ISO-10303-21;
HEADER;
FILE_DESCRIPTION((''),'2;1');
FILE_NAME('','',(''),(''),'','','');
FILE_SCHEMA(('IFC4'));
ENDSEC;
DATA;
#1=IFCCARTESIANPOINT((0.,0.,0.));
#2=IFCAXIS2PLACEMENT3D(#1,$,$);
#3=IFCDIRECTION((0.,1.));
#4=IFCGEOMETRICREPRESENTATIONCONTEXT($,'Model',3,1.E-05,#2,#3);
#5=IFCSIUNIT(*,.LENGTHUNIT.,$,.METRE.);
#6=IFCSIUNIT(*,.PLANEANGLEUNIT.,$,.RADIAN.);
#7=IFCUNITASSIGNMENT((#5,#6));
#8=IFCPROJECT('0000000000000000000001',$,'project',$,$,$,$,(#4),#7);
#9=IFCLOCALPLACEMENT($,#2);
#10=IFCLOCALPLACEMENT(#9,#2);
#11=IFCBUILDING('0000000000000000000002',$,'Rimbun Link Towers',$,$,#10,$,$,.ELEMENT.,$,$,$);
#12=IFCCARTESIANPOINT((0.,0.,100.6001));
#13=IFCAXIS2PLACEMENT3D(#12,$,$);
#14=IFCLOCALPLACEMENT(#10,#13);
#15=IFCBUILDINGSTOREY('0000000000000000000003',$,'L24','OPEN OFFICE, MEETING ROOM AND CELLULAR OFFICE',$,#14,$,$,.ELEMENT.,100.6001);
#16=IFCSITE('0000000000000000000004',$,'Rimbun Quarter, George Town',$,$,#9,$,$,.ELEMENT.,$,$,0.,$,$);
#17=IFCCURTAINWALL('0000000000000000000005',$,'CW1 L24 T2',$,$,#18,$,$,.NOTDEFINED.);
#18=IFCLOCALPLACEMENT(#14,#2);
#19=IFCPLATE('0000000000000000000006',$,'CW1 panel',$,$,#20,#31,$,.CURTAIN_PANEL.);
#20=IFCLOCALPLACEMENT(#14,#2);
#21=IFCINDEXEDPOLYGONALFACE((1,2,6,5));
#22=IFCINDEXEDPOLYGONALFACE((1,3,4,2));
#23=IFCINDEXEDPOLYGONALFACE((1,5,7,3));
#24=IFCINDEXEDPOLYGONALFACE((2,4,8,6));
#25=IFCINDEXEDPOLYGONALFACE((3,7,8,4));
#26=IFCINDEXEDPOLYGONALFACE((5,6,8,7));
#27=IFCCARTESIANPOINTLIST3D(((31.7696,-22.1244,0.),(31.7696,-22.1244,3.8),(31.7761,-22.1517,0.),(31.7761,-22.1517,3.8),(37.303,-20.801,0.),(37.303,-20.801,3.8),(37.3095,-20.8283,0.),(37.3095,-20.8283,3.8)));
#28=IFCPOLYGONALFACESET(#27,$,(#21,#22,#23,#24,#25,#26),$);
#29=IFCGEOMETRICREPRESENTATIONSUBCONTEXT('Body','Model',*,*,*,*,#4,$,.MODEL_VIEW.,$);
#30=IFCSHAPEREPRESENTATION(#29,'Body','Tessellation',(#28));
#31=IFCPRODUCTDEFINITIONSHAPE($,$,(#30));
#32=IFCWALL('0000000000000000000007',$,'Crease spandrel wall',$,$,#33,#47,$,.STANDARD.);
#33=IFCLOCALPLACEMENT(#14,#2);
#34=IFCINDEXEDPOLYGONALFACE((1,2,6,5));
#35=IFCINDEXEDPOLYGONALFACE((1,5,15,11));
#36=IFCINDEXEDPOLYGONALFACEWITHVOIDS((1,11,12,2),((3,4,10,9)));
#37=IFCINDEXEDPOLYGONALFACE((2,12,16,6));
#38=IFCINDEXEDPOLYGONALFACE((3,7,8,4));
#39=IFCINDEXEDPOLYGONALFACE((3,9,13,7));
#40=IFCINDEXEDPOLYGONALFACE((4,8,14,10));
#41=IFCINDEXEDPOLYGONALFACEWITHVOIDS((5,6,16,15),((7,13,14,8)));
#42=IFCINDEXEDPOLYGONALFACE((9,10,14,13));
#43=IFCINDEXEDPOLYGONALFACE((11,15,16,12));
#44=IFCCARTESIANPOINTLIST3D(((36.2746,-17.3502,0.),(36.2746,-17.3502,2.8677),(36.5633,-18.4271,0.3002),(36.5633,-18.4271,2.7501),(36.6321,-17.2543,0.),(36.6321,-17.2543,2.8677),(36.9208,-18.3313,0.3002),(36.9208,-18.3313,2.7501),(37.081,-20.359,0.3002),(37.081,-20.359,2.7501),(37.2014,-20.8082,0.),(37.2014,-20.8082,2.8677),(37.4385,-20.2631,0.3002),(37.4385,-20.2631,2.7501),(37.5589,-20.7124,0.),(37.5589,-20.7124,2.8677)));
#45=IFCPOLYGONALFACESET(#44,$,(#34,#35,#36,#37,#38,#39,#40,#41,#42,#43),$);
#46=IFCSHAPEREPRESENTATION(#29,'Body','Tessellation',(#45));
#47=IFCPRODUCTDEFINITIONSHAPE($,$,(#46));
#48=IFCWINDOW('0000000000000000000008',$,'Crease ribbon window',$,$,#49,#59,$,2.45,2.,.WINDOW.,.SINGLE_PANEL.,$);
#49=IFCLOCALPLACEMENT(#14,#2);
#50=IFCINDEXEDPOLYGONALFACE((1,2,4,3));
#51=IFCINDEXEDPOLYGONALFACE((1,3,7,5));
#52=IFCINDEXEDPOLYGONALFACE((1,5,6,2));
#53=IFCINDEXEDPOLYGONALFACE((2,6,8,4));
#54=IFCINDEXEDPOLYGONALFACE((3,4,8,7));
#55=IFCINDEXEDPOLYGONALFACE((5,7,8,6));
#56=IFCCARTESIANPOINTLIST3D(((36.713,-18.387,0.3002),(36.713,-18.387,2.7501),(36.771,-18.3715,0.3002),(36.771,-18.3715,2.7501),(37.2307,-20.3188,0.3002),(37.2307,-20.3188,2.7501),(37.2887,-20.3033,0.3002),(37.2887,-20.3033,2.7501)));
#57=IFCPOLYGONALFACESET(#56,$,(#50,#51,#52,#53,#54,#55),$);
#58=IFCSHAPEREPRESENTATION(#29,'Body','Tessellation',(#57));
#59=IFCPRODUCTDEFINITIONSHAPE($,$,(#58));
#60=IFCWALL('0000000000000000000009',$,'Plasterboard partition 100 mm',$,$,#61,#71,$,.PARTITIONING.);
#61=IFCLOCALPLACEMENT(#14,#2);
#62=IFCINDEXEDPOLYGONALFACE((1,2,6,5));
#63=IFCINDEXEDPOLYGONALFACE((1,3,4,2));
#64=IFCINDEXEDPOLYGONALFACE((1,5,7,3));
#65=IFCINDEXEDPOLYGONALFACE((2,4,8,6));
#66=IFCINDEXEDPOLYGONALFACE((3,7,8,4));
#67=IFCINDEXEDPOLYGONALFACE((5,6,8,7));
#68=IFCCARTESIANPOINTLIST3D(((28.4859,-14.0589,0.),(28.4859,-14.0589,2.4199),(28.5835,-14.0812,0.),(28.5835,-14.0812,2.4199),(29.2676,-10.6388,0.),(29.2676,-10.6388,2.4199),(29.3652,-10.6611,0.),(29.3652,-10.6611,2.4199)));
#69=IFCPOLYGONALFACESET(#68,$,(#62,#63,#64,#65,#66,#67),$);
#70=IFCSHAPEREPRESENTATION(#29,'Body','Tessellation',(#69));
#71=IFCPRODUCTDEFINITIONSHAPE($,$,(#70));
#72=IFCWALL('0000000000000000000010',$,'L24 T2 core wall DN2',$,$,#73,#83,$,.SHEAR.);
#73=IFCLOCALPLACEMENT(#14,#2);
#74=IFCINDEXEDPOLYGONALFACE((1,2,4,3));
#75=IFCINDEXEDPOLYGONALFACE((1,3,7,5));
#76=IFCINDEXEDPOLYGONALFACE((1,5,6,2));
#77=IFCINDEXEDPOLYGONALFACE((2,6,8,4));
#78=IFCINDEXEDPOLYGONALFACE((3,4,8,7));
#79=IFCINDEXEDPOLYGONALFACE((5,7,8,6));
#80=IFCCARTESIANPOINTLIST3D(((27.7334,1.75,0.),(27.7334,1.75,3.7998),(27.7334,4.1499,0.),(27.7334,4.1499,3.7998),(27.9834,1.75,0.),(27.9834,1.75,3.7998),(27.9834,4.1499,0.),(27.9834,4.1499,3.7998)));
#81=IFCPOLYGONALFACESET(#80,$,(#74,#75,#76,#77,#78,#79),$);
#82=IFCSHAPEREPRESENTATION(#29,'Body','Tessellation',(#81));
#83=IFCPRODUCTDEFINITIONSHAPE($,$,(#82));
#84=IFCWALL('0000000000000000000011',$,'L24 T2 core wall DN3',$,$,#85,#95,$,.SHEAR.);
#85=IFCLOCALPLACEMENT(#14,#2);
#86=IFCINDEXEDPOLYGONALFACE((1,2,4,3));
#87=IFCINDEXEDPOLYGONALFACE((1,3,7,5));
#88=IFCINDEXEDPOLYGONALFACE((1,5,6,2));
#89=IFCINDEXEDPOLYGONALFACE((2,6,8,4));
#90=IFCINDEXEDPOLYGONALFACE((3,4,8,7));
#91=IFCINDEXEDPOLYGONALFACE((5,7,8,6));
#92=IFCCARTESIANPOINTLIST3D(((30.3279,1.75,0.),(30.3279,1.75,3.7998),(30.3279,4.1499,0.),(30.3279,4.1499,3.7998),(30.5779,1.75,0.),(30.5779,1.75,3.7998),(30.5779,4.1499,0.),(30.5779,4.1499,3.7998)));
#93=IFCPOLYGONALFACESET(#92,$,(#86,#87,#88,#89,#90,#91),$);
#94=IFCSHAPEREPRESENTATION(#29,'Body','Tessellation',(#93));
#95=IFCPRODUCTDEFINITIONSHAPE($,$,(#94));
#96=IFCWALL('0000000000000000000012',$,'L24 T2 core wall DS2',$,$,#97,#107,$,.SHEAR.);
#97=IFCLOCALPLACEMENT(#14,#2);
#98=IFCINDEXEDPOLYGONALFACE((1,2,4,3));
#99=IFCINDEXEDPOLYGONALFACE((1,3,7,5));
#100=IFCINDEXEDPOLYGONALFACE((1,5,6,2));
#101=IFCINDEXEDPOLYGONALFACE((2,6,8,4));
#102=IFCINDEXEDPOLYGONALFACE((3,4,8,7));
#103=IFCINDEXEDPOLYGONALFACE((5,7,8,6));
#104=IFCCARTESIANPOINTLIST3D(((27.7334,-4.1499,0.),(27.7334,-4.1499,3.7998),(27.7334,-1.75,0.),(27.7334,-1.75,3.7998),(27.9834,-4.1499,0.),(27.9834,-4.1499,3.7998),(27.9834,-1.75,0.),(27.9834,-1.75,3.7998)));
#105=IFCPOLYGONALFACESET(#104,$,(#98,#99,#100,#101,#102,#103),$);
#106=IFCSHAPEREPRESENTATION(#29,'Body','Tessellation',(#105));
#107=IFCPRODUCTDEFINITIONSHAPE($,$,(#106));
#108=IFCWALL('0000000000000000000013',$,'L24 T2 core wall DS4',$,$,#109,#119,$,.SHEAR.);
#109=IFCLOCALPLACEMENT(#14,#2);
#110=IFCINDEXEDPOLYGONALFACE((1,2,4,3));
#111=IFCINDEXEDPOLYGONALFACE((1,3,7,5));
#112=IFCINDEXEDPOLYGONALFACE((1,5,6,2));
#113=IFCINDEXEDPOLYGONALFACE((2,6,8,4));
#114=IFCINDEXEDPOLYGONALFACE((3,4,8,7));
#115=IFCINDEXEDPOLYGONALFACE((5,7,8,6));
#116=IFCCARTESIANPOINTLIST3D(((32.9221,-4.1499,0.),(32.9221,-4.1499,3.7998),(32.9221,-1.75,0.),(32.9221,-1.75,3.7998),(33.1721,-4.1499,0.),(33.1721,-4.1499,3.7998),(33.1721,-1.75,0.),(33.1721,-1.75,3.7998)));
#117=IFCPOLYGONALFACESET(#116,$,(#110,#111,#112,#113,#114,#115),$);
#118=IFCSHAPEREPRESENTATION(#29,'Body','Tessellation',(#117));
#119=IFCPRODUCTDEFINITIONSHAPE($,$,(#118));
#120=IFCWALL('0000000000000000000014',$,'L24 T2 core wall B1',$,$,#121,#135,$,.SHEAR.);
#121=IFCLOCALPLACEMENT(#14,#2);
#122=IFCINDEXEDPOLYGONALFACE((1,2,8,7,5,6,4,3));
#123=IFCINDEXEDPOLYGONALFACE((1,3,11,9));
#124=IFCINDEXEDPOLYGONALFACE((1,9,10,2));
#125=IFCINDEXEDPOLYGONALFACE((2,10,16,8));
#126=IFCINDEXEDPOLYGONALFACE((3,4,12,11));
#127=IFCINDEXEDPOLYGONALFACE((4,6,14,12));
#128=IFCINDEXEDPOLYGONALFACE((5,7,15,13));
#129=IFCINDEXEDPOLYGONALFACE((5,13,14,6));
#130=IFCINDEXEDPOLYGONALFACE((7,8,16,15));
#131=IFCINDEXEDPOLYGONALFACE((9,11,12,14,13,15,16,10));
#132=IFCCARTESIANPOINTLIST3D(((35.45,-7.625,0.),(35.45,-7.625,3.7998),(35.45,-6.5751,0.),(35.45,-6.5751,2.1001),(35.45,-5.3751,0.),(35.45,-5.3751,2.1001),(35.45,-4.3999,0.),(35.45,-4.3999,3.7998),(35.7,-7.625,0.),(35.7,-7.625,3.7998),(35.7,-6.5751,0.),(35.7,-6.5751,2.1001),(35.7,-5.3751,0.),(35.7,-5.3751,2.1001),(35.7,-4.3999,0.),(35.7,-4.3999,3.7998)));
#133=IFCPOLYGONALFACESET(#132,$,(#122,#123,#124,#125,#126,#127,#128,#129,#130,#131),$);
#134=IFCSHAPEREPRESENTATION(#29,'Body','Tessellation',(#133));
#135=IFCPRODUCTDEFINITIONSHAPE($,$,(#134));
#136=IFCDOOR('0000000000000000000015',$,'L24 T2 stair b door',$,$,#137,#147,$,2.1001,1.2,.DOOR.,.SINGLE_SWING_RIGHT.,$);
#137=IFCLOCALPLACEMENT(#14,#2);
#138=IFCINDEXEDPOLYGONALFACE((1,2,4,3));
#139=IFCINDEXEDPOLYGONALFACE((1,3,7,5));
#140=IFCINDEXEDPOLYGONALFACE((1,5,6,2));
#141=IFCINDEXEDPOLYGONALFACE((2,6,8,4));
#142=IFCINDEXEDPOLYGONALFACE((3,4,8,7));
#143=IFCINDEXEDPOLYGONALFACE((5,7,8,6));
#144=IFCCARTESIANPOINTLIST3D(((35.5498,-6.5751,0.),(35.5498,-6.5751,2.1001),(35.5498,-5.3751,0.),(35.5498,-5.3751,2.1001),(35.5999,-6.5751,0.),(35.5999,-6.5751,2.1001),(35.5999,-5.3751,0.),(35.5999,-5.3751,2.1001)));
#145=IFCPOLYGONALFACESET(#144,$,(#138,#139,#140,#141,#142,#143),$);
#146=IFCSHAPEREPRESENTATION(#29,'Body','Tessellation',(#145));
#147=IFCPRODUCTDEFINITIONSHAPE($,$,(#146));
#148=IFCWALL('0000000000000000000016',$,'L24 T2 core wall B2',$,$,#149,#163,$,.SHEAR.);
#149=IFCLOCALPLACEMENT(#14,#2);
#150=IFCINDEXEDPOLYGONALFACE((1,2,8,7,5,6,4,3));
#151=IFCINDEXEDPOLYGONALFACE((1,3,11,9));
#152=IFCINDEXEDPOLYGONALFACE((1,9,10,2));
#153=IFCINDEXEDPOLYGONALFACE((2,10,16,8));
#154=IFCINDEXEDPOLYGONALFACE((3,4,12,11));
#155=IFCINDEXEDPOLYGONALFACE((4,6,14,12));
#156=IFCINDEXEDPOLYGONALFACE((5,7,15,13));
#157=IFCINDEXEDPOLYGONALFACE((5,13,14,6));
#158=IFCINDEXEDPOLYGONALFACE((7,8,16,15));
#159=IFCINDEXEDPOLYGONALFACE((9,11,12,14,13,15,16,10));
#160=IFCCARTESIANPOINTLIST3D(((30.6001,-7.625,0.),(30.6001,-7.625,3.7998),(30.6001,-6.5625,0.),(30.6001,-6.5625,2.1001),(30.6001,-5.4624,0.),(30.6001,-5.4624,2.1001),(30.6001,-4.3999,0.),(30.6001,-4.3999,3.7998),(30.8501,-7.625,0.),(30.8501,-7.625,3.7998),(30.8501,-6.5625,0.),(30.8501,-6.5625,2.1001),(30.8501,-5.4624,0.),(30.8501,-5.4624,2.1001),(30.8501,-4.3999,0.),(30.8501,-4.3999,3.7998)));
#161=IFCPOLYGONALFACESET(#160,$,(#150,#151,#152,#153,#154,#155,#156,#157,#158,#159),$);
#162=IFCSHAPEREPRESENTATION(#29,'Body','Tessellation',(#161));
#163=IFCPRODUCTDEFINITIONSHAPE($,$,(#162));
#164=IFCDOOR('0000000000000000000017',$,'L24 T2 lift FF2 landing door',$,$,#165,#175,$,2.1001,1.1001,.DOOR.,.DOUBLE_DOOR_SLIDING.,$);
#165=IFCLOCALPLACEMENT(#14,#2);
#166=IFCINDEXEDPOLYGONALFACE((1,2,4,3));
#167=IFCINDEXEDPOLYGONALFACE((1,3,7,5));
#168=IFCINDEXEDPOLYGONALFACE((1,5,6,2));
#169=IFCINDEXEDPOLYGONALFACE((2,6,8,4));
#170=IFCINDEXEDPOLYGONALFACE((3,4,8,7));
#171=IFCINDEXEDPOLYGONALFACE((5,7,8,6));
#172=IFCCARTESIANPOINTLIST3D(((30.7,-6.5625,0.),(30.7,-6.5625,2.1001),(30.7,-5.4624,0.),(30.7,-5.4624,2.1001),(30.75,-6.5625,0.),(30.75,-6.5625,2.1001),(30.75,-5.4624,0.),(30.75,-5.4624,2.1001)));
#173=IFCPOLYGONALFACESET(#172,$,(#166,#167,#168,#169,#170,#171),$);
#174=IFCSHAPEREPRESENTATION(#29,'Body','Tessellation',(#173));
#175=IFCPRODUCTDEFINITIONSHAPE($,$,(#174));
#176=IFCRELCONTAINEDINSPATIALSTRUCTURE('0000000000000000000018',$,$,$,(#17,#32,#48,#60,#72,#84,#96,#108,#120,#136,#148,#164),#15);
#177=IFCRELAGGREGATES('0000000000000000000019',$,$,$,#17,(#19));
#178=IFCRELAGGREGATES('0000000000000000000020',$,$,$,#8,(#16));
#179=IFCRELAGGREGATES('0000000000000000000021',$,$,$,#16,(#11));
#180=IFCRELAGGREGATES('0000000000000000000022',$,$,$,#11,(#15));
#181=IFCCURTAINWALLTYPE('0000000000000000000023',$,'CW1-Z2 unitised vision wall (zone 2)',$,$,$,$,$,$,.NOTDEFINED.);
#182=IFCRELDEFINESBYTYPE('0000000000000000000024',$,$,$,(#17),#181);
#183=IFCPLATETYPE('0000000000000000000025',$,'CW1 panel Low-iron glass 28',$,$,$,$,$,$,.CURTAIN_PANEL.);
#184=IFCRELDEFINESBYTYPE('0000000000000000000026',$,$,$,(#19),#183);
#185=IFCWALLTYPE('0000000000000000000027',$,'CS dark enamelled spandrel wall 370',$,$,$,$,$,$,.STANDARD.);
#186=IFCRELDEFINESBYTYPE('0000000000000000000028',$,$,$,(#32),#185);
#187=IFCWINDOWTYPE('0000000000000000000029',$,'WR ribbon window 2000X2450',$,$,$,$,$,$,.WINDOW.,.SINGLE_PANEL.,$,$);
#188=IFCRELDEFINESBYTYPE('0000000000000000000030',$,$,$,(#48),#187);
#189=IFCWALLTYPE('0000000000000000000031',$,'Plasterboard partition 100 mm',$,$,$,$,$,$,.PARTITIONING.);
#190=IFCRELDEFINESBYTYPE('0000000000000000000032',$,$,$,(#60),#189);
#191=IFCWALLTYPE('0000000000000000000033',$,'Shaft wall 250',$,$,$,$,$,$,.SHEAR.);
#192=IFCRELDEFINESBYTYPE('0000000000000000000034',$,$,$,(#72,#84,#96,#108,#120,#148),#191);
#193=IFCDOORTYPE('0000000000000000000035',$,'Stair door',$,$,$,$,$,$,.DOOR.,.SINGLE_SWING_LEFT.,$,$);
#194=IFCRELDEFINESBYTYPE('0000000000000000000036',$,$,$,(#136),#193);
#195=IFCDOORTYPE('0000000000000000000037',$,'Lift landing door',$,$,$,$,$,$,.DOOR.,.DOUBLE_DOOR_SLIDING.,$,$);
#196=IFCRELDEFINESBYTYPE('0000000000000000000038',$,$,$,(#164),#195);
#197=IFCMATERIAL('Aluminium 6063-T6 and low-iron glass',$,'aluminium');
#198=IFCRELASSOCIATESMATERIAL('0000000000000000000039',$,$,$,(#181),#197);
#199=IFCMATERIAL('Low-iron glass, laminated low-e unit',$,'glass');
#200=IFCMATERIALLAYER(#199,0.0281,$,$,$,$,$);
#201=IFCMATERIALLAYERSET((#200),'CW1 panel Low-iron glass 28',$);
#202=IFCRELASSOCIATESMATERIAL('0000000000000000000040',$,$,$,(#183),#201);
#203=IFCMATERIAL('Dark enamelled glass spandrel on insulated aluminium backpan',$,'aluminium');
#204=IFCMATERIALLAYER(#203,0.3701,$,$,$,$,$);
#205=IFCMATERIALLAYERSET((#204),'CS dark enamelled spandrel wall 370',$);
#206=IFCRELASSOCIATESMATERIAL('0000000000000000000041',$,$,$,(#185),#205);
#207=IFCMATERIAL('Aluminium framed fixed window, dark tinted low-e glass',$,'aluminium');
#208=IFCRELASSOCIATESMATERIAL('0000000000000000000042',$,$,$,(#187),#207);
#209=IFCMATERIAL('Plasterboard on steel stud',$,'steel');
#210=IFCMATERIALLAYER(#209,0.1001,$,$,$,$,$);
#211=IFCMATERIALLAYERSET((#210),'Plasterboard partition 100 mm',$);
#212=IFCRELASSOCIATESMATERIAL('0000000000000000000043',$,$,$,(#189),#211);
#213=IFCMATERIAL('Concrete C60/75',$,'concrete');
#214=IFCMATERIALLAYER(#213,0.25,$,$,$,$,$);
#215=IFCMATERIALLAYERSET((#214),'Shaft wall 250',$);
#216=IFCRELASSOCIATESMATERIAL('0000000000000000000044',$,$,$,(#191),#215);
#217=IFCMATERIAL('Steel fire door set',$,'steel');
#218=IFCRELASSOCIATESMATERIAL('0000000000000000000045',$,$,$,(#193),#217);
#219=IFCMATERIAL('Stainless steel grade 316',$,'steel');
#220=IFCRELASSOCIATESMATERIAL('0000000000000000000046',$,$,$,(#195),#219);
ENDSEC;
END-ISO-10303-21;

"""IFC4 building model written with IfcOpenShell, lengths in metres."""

from ifc_helpers import new_model, si_unit, direction, frame, frame_2d, origin, origin_2d, place, context, subcontext, project, spatial, rectangle, extrude, material, layer, layer_set, type_object, element, fill, aggregate, save


model = new_model("IFC4")

# Units and contexts
model_context = context("Model", 3, precision=1e-05, world=origin(), true_north=direction((0.0, 1.0)))
body_context = subcontext(model_context, "Body", "Model", "MODEL_VIEW")
ifc_project = project(units=[si_unit("LENGTHUNIT", "METRE"), si_unit("PLANEANGLEUNIT", "RADIAN")], contexts=[model_context])

# Site, building, storey
site_placement = place(None, origin())
site = spatial("IfcSite", under=ifc_project, at=site_placement, Name="Rimbun Quarter, George Town", CompositionType="ELEMENT", RefElevation=0.0)
building_placement = place(site_placement, origin())
building = spatial("IfcBuilding", under=site, at=building_placement, Name="Rimbun Link Towers", CompositionType="ELEMENT")
storey_placement = place(building_placement, frame((0.0, 0.0, 100.6001)))
storey = spatial("IfcBuildingStorey", under=building, at=storey_placement, Name="L24", Description="OPEN OFFICE, MEETING ROOM AND CELLULAR OFFICE", CompositionType="ELEMENT", Elevation=100.6001)

# Curtain wall
ifc_material_1 = material(Name="Aluminium 6063-T6 and low-iron glass", Category="aluminium")
curtain_wall_type = type_object("IfcCurtainWallType", Name="CW1-Z2 unitised vision wall (zone 2)", PredefinedType="NOTDEFINED", material=ifc_material_1)
curtain_wall_placement = place(storey_placement, origin())
curtain_wall = element("IfcCurtainWall", 1, at=curtain_wall_placement, inside=storey, type_object=curtain_wall_type, Name="CW1 L24 T2", PredefinedType="NOTDEFINED")

# Plate
ifc_material_2 = material(Name="Low-iron glass, laminated low-e unit", Category="glass")
ifc_layer_1 = layer(ifc_material_2, 0.0281)
ifc_layer_set_1 = layer_set([ifc_layer_1], Name="CW1 panel Low-iron glass 28")
plate_type = type_object("IfcPlateType", Name="CW1 panel Low-iron glass 28", PredefinedType="CURTAIN_PANEL", material=ifc_layer_set_1)
plate_1_placement = place(storey_placement, frame((34.5396, -21.4763, 0.0), z_axis=(0.0, 0.0, 1.0), x_axis=(-0.972572, -0.232601, 0.0)))
plate_1 = element("IfcPlate", 2, at=plate_1_placement, type_object=plate_type, Name="CW1 panel", PredefinedType="CURTAIN_PANEL", context=body_context, shape_type="SweptSolid", body=[
    extrude(rectangle(XDim=5.6895, YDim=0.0281, at=origin_2d()), origin(), (0.0, 0.0, 1.0), 3.8),
])
aggregate(curtain_wall, [plate_1])

# Wall, opening, window
ifc_material_3 = material(Name="Dark enamelled glass spandrel on insulated aluminium backpan", Category="aluminium")
ifc_layer_2 = layer(ifc_material_3, 0.3701)
ifc_layer_set_2 = layer_set([ifc_layer_2], Name="CS dark enamelled spandrel wall 370")
wall_type_1 = type_object("IfcWallType", Name="CS dark enamelled spandrel wall 370", PredefinedType="STANDARD", material=ifc_layer_set_2)
wall_1_placement = place(storey_placement, frame((36.4534, -17.3022, 0.0), z_axis=(0.0, 0.0, 1.0), x_axis=(0.258868, -0.965913, 0.0)))
wall_1 = element("IfcWall", 3, at=wall_1_placement, inside=storey, type_object=wall_type_1, Name="Crease spandrel wall", PredefinedType="STANDARD", context=body_context, shape_type="SweptSolid", body=[
    extrude(rectangle(XDim=3.5801, YDim=0.3701, at=frame_2d((1.79, 0.0))), origin(), (0.0, 0.0, 1.0), 2.8677),
])
opening_1_placement = place(wall_1_placement, frame((1.115, 0.0, 0.3)))
opening_1 = element("IfcOpeningElement", 4, at=opening_1_placement, cuts=wall_1, PredefinedType="OPENING", context=body_context, shape_type="SweptSolid", body=[
    extrude(rectangle(XDim=2.0, YDim=2.45, at=frame_2d((1.0, 1.2251))), frame((0.0, 0.1951, 0.0), z_axis=(0.0, -1.0, 0.0), x_axis=(1.0, 0.0, 0.0)), (0.0, 0.0, 1.0), 0.3901),
])
ifc_material_4 = material(Name="Aluminium framed fixed window, dark tinted low-e glass", Category="aluminium")
window_type = type_object("IfcWindowType", Name="WR ribbon window 2000X2450", PartitioningType="SINGLE_PANEL", PredefinedType="WINDOW", material=ifc_material_4)
window_placement = place(opening_1_placement, origin())
window = element("IfcWindow", 5, at=window_placement, inside=storey, type_object=window_type, Name="Crease ribbon window", OverallHeight=2.45, OverallWidth=2.0, PartitioningType="SINGLE_PANEL", PredefinedType="WINDOW", context=body_context, shape_type="SweptSolid", body=[
    extrude(rectangle(XDim=2.0, YDim=2.45, at=frame_2d((1.0, 1.2251))), frame((0.0, 0.03, 0.0), z_axis=(0.0, -1.0, 0.0), x_axis=(1.0, 0.0, 0.0)), (0.0, 0.0, 1.0), 0.0601),
])
fill(opening_1, window)

# Walls
ifc_material_5 = material(Name="Plasterboard on steel stud", Category="steel")
ifc_layer_3 = layer(ifc_material_5, 0.1001)
ifc_layer_set_3 = layer_set([ifc_layer_3], Name="Plasterboard partition 100 mm")
wall_type_2 = type_object("IfcWallType", Name="Plasterboard partition 100 mm", PredefinedType="PARTITIONING", material=ifc_layer_set_3)
wall_2_placement = place(storey_placement, frame((28.5347, -14.0701, 0.0), z_axis=(0.0, 0.0, 1.0), x_axis=(0.222821, 0.974859, 0.0)))
element("IfcWall", 6, at=wall_2_placement, inside=storey, type_object=wall_type_2, Name="Plasterboard partition 100 mm", PredefinedType="PARTITIONING", context=body_context, shape_type="SweptSolid", body=[
    extrude(rectangle(XDim=3.5083, YDim=0.1001, at=frame_2d((1.7542, 0.0))), origin(), (0.0, 0.0, 1.0), 2.4199),
])
ifc_material_6 = material(Name="Concrete C60/75", Category="concrete")
ifc_layer_4 = layer(ifc_material_6, 0.25)
ifc_layer_set_4 = layer_set([ifc_layer_4], Name="Shaft wall 250")
wall_type_3 = type_object("IfcWallType", Name="Shaft wall 250", PredefinedType="SHEAR", material=ifc_layer_set_4)
for number, where, z_axis, x_axis, name in (
    (7, (27.8584, 1.75, 0.0), (0.0, 0.0, 1.0), (0.0, 1.0, 0.0), "L24 T2 core wall DN2"),
    (8, (30.4529, 1.75, 0.0), (0.0, 0.0, 1.0), (0.0, 1.0, 0.0), "L24 T2 core wall DN3"),
    (9, (27.8584, -4.1499, 0.0), (0.0, 0.0, 1.0), (0.0, 1.0, 0.0), "L24 T2 core wall DS2"),
    (10, (33.0471, -4.1499, 0.0), (0.0, 0.0, 1.0), (0.0, 1.0, 0.0), "L24 T2 core wall DS4"),
):
    element("IfcWall", number, at=place(storey_placement, frame(where, z_axis=z_axis, x_axis=x_axis)), inside=storey, type_object=wall_type_3, Name=name, PredefinedType="SHEAR", context=body_context, shape_type="SweptSolid", body=[
        extrude(rectangle(XDim=2.3999, YDim=0.25, at=frame_2d((1.2, 0.0))), origin(), (0.0, 0.0, 1.0), 3.7998),
    ])

# Walls, openings, doors
wall_3_placement = place(storey_placement, frame((35.575, -4.3999, 0.0), z_axis=(0.0, 0.0, 1.0), x_axis=(0.0, -1.0, 0.0)))
wall_3 = element("IfcWall", 11, at=wall_3_placement, inside=storey, type_object=wall_type_3, Name="L24 T2 core wall B1", PredefinedType="SHEAR", context=body_context, shape_type="SweptSolid", body=[
    extrude(rectangle(XDim=3.2251, YDim=0.25, at=frame_2d((1.6125, 0.0))), origin(), (0.0, 0.0, 1.0), 3.7998),
])
opening_2_placement = place(wall_3_placement, frame((0.9751, 0.0, 0.0)))
opening_2 = element("IfcOpeningElement", 12, at=opening_2_placement, cuts=wall_3, PredefinedType="OPENING", context=body_context, shape_type="SweptSolid", body=[
    extrude(rectangle(XDim=1.2, YDim=2.1001, at=frame_2d((0.6001, 1.05))), frame((0.0, 0.135, 0.0), z_axis=(0.0, -1.0, 0.0), x_axis=(1.0, 0.0, 0.0)), (0.0, 0.0, 1.0), 0.27),
])
ifc_material_7 = material(Name="Steel fire door set", Category="steel")
door_type_1 = type_object("IfcDoorType", Name="Stair door", OperationType="SINGLE_SWING_LEFT", PredefinedType="DOOR", material=ifc_material_7)
door_1_placement = place(opening_2_placement, origin())
door_1 = element("IfcDoor", 13, at=door_1_placement, inside=storey, type_object=door_type_1, Name="L24 T2 stair b door", OperationType="SINGLE_SWING_RIGHT", OverallHeight=2.1001, OverallWidth=1.2, PredefinedType="DOOR", context=body_context, shape_type="SweptSolid", body=[
    extrude(rectangle(XDim=1.2, YDim=2.1001, at=frame_2d((0.6001, 1.05))), frame((0.0, 0.0249, 0.0), z_axis=(0.0, -1.0, 0.0), x_axis=(1.0, 0.0, 0.0)), (0.0, 0.0, 1.0), 0.05),
])
fill(opening_2, door_1)
wall_4_placement = place(storey_placement, frame((30.7251, -4.3999, 0.0), z_axis=(0.0, 0.0, 1.0), x_axis=(0.0, -1.0, 0.0)))
wall_4 = element("IfcWall", 14, at=wall_4_placement, inside=storey, type_object=wall_type_3, Name="L24 T2 core wall B2", PredefinedType="SHEAR", context=body_context, shape_type="SweptSolid", body=[
    extrude(rectangle(XDim=3.2251, YDim=0.25, at=frame_2d((1.6125, 0.0))), origin(), (0.0, 0.0, 1.0), 3.7998),
])
opening_3_placement = place(wall_4_placement, frame((1.0625, 0.0, 0.0)))
opening_3 = element("IfcOpeningElement", 15, at=opening_3_placement, cuts=wall_4, PredefinedType="OPENING", context=body_context, shape_type="SweptSolid", body=[
    extrude(rectangle(XDim=1.1001, YDim=2.1001, at=frame_2d((0.55, 1.05))), frame((0.0, 0.135, 0.0), z_axis=(0.0, -1.0, 0.0), x_axis=(1.0, 0.0, 0.0)), (0.0, 0.0, 1.0), 0.27),
])
ifc_material_8 = material(Name="Stainless steel grade 316", Category="steel")
door_type_2 = type_object("IfcDoorType", Name="Lift landing door", OperationType="DOUBLE_DOOR_SLIDING", PredefinedType="DOOR", material=ifc_material_8)
door_2_placement = place(opening_3_placement, origin())
door_2 = element("IfcDoor", 16, at=door_2_placement, inside=storey, type_object=door_type_2, Name="L24 T2 lift FF2 landing door", OperationType="DOUBLE_DOOR_SLIDING", OverallHeight=2.1001, OverallWidth=1.1001, PredefinedType="DOOR", context=body_context, shape_type="SweptSolid", body=[
    extrude(rectangle(XDim=1.1001, YDim=2.1001, at=frame_2d((0.55, 1.05))), frame((0.0, 0.0249, 0.0), z_axis=(0.0, -1.0, 0.0), x_axis=(1.0, 0.0, 0.0)), (0.0, 0.0, 1.0), 0.05),
])
fill(opening_3, door_2)

save(model, "model.ifc")
